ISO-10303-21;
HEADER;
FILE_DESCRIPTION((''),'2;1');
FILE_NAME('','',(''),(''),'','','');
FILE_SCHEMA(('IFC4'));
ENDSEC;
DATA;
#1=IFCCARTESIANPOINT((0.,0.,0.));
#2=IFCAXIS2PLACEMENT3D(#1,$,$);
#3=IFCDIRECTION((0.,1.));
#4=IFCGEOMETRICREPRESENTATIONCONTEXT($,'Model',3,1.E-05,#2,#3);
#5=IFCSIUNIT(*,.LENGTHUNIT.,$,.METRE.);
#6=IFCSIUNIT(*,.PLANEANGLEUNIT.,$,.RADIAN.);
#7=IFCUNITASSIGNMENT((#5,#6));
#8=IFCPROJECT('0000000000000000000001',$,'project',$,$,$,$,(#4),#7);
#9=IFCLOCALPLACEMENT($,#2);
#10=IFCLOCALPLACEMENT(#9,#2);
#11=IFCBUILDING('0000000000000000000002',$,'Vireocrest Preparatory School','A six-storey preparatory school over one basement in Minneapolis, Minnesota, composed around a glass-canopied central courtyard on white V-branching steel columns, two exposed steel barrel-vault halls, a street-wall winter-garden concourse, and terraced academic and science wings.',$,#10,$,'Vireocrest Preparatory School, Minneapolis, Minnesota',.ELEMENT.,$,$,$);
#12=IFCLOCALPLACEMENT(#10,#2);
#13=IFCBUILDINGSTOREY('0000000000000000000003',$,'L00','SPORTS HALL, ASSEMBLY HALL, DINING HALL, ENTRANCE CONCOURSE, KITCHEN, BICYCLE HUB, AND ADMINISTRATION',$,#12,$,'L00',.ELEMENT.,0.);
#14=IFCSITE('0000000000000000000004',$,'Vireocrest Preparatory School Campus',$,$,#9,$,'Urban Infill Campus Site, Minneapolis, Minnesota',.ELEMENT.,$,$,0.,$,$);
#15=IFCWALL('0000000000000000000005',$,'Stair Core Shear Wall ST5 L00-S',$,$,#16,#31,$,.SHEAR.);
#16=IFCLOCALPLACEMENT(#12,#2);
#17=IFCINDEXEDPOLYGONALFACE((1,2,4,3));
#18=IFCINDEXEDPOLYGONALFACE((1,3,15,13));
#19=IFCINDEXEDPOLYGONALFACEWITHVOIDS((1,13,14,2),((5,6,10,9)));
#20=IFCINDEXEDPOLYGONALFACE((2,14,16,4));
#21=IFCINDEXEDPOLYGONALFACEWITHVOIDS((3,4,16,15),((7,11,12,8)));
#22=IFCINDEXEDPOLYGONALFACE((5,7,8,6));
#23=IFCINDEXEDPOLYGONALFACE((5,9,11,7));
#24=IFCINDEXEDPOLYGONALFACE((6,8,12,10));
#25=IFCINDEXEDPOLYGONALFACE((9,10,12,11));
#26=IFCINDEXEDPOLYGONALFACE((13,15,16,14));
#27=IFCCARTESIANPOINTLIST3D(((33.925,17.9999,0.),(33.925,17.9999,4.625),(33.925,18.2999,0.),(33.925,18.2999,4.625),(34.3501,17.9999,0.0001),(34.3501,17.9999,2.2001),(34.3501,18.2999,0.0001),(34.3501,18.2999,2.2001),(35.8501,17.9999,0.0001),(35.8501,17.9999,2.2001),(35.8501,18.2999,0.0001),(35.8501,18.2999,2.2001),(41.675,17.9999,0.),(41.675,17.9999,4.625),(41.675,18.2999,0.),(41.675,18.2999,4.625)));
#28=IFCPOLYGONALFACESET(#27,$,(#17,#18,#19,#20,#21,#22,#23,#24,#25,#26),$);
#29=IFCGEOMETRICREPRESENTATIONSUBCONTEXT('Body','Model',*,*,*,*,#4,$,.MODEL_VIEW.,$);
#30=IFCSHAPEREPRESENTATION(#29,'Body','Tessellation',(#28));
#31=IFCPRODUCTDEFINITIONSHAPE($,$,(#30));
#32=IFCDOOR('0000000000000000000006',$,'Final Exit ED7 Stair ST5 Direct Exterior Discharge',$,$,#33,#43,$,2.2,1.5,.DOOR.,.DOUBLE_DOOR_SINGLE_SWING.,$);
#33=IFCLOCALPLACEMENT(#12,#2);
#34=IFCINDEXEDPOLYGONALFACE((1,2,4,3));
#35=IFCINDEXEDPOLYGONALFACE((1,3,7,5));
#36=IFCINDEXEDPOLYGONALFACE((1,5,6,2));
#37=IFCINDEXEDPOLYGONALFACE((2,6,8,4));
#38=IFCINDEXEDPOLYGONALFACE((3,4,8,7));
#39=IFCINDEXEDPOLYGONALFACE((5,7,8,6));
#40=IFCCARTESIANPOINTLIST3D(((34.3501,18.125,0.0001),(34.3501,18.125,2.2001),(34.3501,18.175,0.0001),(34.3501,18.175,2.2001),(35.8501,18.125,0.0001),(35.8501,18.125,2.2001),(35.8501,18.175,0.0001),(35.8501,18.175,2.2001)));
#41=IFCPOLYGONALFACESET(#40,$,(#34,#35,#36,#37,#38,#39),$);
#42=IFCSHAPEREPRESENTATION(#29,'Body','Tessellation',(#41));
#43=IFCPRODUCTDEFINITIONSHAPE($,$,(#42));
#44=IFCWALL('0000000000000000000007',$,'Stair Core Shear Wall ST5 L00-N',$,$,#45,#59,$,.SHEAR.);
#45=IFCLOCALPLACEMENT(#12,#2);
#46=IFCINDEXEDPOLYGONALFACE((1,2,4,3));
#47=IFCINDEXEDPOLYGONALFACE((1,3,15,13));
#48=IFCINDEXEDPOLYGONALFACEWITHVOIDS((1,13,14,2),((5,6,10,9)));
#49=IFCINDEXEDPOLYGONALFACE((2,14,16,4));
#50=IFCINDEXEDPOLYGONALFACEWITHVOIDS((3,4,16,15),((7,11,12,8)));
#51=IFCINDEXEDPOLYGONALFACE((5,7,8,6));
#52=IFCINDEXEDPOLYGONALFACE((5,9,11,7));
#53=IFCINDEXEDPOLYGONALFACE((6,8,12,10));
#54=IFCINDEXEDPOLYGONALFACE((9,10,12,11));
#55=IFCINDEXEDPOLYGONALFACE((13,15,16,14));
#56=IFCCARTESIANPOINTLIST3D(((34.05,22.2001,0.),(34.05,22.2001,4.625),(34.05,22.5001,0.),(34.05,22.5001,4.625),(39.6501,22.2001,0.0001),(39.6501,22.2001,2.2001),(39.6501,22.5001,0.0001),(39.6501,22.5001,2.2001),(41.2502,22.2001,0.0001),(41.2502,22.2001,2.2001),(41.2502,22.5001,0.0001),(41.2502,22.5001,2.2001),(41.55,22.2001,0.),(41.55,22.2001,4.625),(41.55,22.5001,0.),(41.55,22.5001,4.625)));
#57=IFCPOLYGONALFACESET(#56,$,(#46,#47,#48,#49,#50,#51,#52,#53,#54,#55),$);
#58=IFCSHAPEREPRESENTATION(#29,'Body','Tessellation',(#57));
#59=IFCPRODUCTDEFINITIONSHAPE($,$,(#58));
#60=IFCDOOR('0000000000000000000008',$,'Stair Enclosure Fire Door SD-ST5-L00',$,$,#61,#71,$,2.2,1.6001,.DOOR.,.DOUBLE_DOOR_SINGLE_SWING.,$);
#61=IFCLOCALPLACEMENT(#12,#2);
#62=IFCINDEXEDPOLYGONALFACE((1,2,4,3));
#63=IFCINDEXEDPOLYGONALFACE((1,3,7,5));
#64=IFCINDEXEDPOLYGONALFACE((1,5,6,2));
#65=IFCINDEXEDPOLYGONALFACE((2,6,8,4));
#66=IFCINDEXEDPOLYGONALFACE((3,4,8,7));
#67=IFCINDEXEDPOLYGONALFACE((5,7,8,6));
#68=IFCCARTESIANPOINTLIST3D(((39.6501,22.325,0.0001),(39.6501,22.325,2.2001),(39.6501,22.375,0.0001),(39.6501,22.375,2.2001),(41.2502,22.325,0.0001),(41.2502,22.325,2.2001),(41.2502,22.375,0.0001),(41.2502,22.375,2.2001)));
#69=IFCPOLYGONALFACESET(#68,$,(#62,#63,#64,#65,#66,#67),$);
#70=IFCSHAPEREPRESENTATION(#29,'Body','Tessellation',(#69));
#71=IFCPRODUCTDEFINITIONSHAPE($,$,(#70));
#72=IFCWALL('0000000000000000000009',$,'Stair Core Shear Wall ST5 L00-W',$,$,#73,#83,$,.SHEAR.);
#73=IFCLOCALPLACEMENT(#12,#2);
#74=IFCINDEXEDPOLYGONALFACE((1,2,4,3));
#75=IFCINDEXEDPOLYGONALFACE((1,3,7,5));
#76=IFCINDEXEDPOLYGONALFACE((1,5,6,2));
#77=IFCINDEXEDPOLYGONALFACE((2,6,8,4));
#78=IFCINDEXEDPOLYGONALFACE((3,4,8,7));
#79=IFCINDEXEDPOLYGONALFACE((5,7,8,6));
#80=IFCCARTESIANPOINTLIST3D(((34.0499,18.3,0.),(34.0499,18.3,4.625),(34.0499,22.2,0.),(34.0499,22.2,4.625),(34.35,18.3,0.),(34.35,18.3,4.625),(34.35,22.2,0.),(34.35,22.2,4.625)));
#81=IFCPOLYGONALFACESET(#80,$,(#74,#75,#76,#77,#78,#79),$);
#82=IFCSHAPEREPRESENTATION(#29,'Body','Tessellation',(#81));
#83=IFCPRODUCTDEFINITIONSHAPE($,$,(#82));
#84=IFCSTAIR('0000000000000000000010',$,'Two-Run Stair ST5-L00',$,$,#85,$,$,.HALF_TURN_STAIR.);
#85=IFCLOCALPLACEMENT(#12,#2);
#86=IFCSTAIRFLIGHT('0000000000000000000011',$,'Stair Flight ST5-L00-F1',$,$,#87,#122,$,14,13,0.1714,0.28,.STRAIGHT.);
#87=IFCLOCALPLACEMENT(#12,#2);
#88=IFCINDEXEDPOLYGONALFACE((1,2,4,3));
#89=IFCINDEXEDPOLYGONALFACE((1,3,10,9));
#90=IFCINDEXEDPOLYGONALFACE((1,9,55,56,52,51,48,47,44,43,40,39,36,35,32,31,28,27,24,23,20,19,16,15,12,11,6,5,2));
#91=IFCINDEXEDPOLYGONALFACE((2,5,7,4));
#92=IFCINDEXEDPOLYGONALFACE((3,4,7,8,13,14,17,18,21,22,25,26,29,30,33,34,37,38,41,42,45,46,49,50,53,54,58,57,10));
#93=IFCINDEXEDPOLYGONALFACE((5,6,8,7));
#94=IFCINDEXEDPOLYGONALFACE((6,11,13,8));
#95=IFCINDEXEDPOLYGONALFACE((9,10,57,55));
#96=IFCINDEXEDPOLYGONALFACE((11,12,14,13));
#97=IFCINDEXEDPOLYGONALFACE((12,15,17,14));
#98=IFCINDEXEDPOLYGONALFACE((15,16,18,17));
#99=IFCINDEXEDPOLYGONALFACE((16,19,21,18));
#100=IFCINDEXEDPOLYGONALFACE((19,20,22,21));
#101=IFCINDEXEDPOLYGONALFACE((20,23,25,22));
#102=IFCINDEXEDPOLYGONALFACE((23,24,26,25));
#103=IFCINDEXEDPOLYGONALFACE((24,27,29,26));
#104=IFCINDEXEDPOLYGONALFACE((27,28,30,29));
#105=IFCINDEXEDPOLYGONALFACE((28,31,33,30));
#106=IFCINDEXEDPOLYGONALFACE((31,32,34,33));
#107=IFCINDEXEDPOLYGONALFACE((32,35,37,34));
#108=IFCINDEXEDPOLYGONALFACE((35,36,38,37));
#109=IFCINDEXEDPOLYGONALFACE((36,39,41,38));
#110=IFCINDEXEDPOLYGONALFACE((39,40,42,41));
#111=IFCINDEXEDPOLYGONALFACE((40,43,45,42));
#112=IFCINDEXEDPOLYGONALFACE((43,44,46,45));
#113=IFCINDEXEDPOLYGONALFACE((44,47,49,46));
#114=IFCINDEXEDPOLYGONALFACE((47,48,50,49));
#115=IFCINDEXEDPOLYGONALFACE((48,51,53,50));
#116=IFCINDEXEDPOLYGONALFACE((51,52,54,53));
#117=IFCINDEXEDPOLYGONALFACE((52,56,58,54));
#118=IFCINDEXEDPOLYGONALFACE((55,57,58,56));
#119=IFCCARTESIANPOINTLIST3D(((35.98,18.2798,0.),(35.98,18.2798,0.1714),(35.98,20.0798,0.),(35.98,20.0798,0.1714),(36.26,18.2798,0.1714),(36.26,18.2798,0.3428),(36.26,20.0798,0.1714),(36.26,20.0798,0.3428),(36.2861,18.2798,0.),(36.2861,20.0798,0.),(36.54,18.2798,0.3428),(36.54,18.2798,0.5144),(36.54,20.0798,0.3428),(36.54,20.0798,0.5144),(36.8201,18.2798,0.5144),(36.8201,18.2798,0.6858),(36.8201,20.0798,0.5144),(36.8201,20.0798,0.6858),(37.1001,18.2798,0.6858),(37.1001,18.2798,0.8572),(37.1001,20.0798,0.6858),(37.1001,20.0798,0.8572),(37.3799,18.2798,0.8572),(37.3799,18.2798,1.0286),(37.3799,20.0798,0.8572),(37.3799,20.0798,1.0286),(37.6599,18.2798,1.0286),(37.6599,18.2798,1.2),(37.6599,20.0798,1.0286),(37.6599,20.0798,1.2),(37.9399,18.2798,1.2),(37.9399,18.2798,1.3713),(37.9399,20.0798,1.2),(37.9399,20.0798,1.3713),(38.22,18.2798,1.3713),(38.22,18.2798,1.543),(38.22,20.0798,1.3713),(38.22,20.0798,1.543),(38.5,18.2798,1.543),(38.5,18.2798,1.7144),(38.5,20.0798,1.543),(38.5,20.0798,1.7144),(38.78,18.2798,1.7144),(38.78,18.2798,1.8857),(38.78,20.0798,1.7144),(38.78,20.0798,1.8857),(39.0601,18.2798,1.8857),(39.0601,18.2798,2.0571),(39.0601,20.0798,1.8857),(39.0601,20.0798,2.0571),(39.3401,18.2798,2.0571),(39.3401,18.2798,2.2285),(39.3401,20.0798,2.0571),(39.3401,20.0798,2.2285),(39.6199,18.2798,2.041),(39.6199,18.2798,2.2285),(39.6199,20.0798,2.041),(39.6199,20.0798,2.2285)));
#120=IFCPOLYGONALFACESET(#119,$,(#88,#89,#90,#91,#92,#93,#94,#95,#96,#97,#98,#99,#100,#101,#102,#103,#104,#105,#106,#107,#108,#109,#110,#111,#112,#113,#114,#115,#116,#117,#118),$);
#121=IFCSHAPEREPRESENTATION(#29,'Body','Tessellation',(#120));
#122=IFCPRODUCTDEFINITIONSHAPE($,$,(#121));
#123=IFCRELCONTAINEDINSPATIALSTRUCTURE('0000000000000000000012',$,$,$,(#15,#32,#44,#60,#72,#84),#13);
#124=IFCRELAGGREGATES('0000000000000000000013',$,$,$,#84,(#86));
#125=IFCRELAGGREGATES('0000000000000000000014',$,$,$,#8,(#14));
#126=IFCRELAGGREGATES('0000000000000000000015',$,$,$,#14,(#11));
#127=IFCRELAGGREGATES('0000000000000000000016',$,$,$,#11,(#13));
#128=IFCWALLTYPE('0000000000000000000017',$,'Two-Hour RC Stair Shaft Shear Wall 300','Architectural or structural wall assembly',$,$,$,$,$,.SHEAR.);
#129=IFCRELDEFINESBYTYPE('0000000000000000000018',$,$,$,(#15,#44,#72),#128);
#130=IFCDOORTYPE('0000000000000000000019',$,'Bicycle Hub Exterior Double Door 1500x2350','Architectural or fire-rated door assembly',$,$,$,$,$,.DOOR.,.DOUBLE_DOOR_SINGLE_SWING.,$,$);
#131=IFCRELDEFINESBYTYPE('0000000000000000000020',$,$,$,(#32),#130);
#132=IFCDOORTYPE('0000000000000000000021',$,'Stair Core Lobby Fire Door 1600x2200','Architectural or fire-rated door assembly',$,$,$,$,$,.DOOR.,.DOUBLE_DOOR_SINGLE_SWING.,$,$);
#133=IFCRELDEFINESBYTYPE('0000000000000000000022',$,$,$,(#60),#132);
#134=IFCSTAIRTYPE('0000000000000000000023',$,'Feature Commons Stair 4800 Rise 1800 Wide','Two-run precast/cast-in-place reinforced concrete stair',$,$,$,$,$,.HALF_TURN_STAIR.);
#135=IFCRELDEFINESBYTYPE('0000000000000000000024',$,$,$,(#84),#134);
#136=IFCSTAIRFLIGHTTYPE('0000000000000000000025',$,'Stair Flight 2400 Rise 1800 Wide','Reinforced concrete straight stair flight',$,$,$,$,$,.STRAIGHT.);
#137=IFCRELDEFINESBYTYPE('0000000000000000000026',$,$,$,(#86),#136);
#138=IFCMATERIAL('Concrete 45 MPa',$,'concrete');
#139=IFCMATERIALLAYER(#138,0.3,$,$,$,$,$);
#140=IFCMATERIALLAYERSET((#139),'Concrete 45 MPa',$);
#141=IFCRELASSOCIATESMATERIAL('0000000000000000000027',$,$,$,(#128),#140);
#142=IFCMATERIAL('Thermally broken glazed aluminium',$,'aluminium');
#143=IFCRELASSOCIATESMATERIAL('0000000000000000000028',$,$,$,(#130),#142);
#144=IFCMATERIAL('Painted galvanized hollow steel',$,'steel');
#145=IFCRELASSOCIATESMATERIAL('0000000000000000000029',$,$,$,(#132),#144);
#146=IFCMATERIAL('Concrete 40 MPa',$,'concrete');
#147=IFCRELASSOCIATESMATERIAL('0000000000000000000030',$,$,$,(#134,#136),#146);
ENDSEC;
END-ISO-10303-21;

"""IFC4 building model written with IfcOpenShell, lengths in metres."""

from ifc_helpers import new_model, si_unit, direction, frame, frame_2d, origin, place, context, subcontext, project, spatial, polyline, rectangle, outline, extrude, material, layer, layer_set, type_object, element, fill, aggregate, save


model = new_model("IFC4")

# Units and contexts
model_context = context("Model", 3, precision=1e-05, world=origin(), true_north=direction((0.0, 1.0)))
body_context = subcontext(model_context, "Body", "Model", "MODEL_VIEW")
ifc_project = project(units=[si_unit("LENGTHUNIT", "METRE"), si_unit("PLANEANGLEUNIT", "RADIAN")], contexts=[model_context])

# Site, building, storey
site_placement = place(None, origin())
site = spatial("IfcSite", under=ifc_project, at=site_placement, Name="Vireocrest Preparatory School Campus", LongName="Urban Infill Campus Site, Minneapolis, Minnesota", CompositionType="ELEMENT", RefElevation=0.0)
building_placement = place(site_placement, origin())
building = spatial("IfcBuilding", under=site, at=building_placement, Name="Vireocrest Preparatory School", Description="A six-storey preparatory school over one basement in Minneapolis, Minnesota, composed around a glass-canopied central courtyard on white V-branching steel columns, two exposed steel barrel-vault halls, a street-wall winter-garden concourse, and terraced academic and science wings.", LongName="Vireocrest Preparatory School, Minneapolis, Minnesota", CompositionType="ELEMENT")
storey_placement = place(building_placement, origin())
storey = spatial("IfcBuildingStorey", under=building, at=storey_placement, Name="L00", Description="SPORTS HALL, ASSEMBLY HALL, DINING HALL, ENTRANCE CONCOURSE, KITCHEN, BICYCLE HUB, AND ADMINISTRATION", LongName="L00", CompositionType="ELEMENT", Elevation=0.0)

# Shared definitions
ifc_material_1 = material(Name="Concrete 45 MPa", Category="concrete")

# Shared definitions
ifc_material_2 = material(Name="Concrete 40 MPa", Category="concrete")

# Shared definitions
ifc_material_3 = material(Name="Painted galvanized hollow steel", Category="steel")

# Walls, openings, doors
ifc_layer_1 = layer(ifc_material_1, 0.3)
ifc_layer_set_1 = layer_set([ifc_layer_1], Name="Concrete 45 MPa")
wall_type_1 = type_object("IfcWallType", Name="Two-Hour RC Stair Shaft Shear Wall 300", Description="Architectural or structural wall assembly", PredefinedType="SHEAR", material=ifc_layer_set_1)
wall_1_placement = place(storey_placement, frame((33.925, 18.1499, 0.0), z_axis=(0.0, 0.0, 1.0), x_axis=(1.0, 0.0, 0.0)))
wall_1 = element("IfcWall", 1, at=wall_1_placement, inside=storey, type_object=wall_type_1, Name="Stair Core Shear Wall ST5 L00-S", PredefinedType="SHEAR", context=body_context, shape_type="SweptSolid", body=[
    extrude(rectangle(XDim=7.75, YDim=0.3, at=frame_2d((3.875, 0.0))), origin(), (0.0, 0.0, 1.0), 4.625),
])
opening_1_placement = place(wall_1_placement, frame((1.925, 0.0, 0.0), z_axis=(0.0, 0.0, 1.0), x_axis=(-1.0, 0.0, 0.0)))
opening_1 = element("IfcOpeningElement", 2, at=opening_1_placement, cuts=wall_1, PredefinedType="OPENING", context=body_context, shape_type="SweptSolid", body=[
    extrude(rectangle(XDim=1.5, YDim=2.2, at=frame_2d((0.75, 1.1001))), frame((0.0, 0.1599, 0.0), z_axis=(0.0, -1.0, 0.0), x_axis=(1.0, 0.0, 0.0)), (0.0, 0.0, 1.0), 0.3201),
])
ifc_material_4 = material(Name="Thermally broken glazed aluminium", Category="aluminium")
door_type_1 = type_object("IfcDoorType", Name="Bicycle Hub Exterior Double Door 1500x2350", Description="Architectural or fire-rated door assembly", OperationType="DOUBLE_DOOR_SINGLE_SWING", PredefinedType="DOOR", material=ifc_material_4)
door_1_placement = place(opening_1_placement, origin())
door_1 = element("IfcDoor", 3, at=door_1_placement, inside=storey, type_object=door_type_1, Name="Final Exit ED7 Stair ST5 Direct Exterior Discharge", OperationType="DOUBLE_DOOR_SINGLE_SWING", OverallHeight=2.2, OverallWidth=1.5, PredefinedType="DOOR", context=body_context, shape_type="SweptSolid", body=[
    extrude(rectangle(XDim=1.5, YDim=2.2, at=frame_2d((0.75, 1.1001))), frame((0.0, 0.0249, 0.0), z_axis=(0.0, -1.0, 0.0), x_axis=(1.0, 0.0, 0.0)), (0.0, 0.0, 1.0), 0.05),
])
fill(opening_1, door_1)
wall_2_placement = place(storey_placement, frame((34.05, 22.3501, 0.0), z_axis=(0.0, 0.0, 1.0), x_axis=(1.0, 0.0, 0.0)))
wall_2 = element("IfcWall", 4, at=wall_2_placement, inside=storey, type_object=wall_type_1, Name="Stair Core Shear Wall ST5 L00-N", PredefinedType="SHEAR", context=body_context, shape_type="SweptSolid", body=[
    extrude(rectangle(XDim=7.5, YDim=0.3, at=frame_2d((3.75, 0.0))), origin(), (0.0, 0.0, 1.0), 4.625),
])
opening_2_placement = place(wall_2_placement, frame((5.6001, 0.0, 0.0)))
opening_2 = element("IfcOpeningElement", 5, at=opening_2_placement, cuts=wall_2, PredefinedType="OPENING", context=body_context, shape_type="SweptSolid", body=[
    extrude(rectangle(XDim=1.6001, YDim=2.2, at=frame_2d((0.8, 1.1001))), frame((0.0, 0.1599, 0.0), z_axis=(0.0, -1.0, 0.0), x_axis=(1.0, 0.0, 0.0)), (0.0, 0.0, 1.0), 0.3201),
])
door_type_2 = type_object("IfcDoorType", Name="Stair Core Lobby Fire Door 1600x2200", Description="Architectural or fire-rated door assembly", OperationType="DOUBLE_DOOR_SINGLE_SWING", PredefinedType="DOOR", material=ifc_material_3)
door_2_placement = place(opening_2_placement, origin())
door_2 = element("IfcDoor", 6, at=door_2_placement, inside=storey, type_object=door_type_2, Name="Stair Enclosure Fire Door SD-ST5-L00", OperationType="DOUBLE_DOOR_SINGLE_SWING", OverallHeight=2.2, OverallWidth=1.6001, PredefinedType="DOOR", context=body_context, shape_type="SweptSolid", body=[
    extrude(rectangle(XDim=1.6001, YDim=2.2, at=frame_2d((0.8, 1.1001))), frame((0.0, 0.0249, 0.0), z_axis=(0.0, -1.0, 0.0), x_axis=(1.0, 0.0, 0.0)), (0.0, 0.0, 1.0), 0.05),
])
fill(opening_2, door_2)

# Wall
wall_3_placement = place(storey_placement, frame((34.2, 18.3, 0.0), z_axis=(0.0, 0.0, 1.0), x_axis=(0.0, 1.0, 0.0)))
element("IfcWall", 7, at=wall_3_placement, inside=storey, type_object=wall_type_1, Name="Stair Core Shear Wall ST5 L00-W", PredefinedType="SHEAR", context=body_context, shape_type="SweptSolid", body=[
    extrude(rectangle(XDim=3.8999, YDim=0.3, at=frame_2d((1.95, 0.0))), origin(), (0.0, 0.0, 1.0), 4.625),
])

# Stair, stair flight
stair_type = type_object("IfcStairType", Name="Feature Commons Stair 4800 Rise 1800 Wide", Description="Two-run precast/cast-in-place reinforced concrete stair", PredefinedType="HALF_TURN_STAIR", material=ifc_material_2)
stair_placement = place(storey_placement, origin())
stair = element("IfcStair", 8, at=stair_placement, inside=storey, type_object=stair_type, Name="Two-Run Stair ST5-L00", PredefinedType="HALF_TURN_STAIR")
stair_flight_type = type_object("IfcStairFlightType", Name="Stair Flight 2400 Rise 1800 Wide", Description="Reinforced concrete straight stair flight", PredefinedType="STRAIGHT", material=ifc_material_2)
stair_flight_placement = place(storey_placement, frame((35.98, 19.1799, 0.0), z_axis=(0.0, 0.0, 1.0), x_axis=(1.0, 0.0, 0.0)))
stair_flight = element("IfcStairFlight", 9, at=stair_flight_placement, type_object=stair_flight_type, Name="Stair Flight ST5-L00-F1", NumberOfRisers=14, NumberOfTreads=13, PredefinedType="STRAIGHT", RiserHeight=0.1714, TreadLength=0.28, context=body_context, shape_type="SweptSolid", body=[
    extrude(outline(polyline([(0.0, 0.0), (0.0, 0.1714), (0.28, 0.1714), (0.28, 0.3428), (0.5601, 0.3428), (0.5601, 0.5144), (0.8401, 0.5144), (0.8401, 0.6858), (1.1201, 0.6858), (1.1201, 0.8572), (1.3999, 0.8572), (1.3999, 1.0286), (1.6799, 1.0286), (1.6799, 1.2), (1.96, 1.2), (1.96, 1.3713), (2.24, 1.3713), (2.24, 1.543), (2.52, 1.543), (2.52, 1.7144), (2.8, 1.7144), (2.8, 1.8857), (3.0801, 1.8857), (3.0801, 2.0571), (3.3601, 2.0571), (3.3601, 2.2285), (3.6399, 2.2285), (3.6399, 2.3999), (3.6399, 2.041), (0.3062, 0.0), (0.0, 0.0)])), frame((0.0, 0.8999, 0.0), z_axis=(0.0, -1.0, 0.0), x_axis=(1.0, 0.0, 0.0)), (0.0, 0.0, 1.0), 1.8),
])
aggregate(stair, [stair_flight])

save(model, "model.ifc")
